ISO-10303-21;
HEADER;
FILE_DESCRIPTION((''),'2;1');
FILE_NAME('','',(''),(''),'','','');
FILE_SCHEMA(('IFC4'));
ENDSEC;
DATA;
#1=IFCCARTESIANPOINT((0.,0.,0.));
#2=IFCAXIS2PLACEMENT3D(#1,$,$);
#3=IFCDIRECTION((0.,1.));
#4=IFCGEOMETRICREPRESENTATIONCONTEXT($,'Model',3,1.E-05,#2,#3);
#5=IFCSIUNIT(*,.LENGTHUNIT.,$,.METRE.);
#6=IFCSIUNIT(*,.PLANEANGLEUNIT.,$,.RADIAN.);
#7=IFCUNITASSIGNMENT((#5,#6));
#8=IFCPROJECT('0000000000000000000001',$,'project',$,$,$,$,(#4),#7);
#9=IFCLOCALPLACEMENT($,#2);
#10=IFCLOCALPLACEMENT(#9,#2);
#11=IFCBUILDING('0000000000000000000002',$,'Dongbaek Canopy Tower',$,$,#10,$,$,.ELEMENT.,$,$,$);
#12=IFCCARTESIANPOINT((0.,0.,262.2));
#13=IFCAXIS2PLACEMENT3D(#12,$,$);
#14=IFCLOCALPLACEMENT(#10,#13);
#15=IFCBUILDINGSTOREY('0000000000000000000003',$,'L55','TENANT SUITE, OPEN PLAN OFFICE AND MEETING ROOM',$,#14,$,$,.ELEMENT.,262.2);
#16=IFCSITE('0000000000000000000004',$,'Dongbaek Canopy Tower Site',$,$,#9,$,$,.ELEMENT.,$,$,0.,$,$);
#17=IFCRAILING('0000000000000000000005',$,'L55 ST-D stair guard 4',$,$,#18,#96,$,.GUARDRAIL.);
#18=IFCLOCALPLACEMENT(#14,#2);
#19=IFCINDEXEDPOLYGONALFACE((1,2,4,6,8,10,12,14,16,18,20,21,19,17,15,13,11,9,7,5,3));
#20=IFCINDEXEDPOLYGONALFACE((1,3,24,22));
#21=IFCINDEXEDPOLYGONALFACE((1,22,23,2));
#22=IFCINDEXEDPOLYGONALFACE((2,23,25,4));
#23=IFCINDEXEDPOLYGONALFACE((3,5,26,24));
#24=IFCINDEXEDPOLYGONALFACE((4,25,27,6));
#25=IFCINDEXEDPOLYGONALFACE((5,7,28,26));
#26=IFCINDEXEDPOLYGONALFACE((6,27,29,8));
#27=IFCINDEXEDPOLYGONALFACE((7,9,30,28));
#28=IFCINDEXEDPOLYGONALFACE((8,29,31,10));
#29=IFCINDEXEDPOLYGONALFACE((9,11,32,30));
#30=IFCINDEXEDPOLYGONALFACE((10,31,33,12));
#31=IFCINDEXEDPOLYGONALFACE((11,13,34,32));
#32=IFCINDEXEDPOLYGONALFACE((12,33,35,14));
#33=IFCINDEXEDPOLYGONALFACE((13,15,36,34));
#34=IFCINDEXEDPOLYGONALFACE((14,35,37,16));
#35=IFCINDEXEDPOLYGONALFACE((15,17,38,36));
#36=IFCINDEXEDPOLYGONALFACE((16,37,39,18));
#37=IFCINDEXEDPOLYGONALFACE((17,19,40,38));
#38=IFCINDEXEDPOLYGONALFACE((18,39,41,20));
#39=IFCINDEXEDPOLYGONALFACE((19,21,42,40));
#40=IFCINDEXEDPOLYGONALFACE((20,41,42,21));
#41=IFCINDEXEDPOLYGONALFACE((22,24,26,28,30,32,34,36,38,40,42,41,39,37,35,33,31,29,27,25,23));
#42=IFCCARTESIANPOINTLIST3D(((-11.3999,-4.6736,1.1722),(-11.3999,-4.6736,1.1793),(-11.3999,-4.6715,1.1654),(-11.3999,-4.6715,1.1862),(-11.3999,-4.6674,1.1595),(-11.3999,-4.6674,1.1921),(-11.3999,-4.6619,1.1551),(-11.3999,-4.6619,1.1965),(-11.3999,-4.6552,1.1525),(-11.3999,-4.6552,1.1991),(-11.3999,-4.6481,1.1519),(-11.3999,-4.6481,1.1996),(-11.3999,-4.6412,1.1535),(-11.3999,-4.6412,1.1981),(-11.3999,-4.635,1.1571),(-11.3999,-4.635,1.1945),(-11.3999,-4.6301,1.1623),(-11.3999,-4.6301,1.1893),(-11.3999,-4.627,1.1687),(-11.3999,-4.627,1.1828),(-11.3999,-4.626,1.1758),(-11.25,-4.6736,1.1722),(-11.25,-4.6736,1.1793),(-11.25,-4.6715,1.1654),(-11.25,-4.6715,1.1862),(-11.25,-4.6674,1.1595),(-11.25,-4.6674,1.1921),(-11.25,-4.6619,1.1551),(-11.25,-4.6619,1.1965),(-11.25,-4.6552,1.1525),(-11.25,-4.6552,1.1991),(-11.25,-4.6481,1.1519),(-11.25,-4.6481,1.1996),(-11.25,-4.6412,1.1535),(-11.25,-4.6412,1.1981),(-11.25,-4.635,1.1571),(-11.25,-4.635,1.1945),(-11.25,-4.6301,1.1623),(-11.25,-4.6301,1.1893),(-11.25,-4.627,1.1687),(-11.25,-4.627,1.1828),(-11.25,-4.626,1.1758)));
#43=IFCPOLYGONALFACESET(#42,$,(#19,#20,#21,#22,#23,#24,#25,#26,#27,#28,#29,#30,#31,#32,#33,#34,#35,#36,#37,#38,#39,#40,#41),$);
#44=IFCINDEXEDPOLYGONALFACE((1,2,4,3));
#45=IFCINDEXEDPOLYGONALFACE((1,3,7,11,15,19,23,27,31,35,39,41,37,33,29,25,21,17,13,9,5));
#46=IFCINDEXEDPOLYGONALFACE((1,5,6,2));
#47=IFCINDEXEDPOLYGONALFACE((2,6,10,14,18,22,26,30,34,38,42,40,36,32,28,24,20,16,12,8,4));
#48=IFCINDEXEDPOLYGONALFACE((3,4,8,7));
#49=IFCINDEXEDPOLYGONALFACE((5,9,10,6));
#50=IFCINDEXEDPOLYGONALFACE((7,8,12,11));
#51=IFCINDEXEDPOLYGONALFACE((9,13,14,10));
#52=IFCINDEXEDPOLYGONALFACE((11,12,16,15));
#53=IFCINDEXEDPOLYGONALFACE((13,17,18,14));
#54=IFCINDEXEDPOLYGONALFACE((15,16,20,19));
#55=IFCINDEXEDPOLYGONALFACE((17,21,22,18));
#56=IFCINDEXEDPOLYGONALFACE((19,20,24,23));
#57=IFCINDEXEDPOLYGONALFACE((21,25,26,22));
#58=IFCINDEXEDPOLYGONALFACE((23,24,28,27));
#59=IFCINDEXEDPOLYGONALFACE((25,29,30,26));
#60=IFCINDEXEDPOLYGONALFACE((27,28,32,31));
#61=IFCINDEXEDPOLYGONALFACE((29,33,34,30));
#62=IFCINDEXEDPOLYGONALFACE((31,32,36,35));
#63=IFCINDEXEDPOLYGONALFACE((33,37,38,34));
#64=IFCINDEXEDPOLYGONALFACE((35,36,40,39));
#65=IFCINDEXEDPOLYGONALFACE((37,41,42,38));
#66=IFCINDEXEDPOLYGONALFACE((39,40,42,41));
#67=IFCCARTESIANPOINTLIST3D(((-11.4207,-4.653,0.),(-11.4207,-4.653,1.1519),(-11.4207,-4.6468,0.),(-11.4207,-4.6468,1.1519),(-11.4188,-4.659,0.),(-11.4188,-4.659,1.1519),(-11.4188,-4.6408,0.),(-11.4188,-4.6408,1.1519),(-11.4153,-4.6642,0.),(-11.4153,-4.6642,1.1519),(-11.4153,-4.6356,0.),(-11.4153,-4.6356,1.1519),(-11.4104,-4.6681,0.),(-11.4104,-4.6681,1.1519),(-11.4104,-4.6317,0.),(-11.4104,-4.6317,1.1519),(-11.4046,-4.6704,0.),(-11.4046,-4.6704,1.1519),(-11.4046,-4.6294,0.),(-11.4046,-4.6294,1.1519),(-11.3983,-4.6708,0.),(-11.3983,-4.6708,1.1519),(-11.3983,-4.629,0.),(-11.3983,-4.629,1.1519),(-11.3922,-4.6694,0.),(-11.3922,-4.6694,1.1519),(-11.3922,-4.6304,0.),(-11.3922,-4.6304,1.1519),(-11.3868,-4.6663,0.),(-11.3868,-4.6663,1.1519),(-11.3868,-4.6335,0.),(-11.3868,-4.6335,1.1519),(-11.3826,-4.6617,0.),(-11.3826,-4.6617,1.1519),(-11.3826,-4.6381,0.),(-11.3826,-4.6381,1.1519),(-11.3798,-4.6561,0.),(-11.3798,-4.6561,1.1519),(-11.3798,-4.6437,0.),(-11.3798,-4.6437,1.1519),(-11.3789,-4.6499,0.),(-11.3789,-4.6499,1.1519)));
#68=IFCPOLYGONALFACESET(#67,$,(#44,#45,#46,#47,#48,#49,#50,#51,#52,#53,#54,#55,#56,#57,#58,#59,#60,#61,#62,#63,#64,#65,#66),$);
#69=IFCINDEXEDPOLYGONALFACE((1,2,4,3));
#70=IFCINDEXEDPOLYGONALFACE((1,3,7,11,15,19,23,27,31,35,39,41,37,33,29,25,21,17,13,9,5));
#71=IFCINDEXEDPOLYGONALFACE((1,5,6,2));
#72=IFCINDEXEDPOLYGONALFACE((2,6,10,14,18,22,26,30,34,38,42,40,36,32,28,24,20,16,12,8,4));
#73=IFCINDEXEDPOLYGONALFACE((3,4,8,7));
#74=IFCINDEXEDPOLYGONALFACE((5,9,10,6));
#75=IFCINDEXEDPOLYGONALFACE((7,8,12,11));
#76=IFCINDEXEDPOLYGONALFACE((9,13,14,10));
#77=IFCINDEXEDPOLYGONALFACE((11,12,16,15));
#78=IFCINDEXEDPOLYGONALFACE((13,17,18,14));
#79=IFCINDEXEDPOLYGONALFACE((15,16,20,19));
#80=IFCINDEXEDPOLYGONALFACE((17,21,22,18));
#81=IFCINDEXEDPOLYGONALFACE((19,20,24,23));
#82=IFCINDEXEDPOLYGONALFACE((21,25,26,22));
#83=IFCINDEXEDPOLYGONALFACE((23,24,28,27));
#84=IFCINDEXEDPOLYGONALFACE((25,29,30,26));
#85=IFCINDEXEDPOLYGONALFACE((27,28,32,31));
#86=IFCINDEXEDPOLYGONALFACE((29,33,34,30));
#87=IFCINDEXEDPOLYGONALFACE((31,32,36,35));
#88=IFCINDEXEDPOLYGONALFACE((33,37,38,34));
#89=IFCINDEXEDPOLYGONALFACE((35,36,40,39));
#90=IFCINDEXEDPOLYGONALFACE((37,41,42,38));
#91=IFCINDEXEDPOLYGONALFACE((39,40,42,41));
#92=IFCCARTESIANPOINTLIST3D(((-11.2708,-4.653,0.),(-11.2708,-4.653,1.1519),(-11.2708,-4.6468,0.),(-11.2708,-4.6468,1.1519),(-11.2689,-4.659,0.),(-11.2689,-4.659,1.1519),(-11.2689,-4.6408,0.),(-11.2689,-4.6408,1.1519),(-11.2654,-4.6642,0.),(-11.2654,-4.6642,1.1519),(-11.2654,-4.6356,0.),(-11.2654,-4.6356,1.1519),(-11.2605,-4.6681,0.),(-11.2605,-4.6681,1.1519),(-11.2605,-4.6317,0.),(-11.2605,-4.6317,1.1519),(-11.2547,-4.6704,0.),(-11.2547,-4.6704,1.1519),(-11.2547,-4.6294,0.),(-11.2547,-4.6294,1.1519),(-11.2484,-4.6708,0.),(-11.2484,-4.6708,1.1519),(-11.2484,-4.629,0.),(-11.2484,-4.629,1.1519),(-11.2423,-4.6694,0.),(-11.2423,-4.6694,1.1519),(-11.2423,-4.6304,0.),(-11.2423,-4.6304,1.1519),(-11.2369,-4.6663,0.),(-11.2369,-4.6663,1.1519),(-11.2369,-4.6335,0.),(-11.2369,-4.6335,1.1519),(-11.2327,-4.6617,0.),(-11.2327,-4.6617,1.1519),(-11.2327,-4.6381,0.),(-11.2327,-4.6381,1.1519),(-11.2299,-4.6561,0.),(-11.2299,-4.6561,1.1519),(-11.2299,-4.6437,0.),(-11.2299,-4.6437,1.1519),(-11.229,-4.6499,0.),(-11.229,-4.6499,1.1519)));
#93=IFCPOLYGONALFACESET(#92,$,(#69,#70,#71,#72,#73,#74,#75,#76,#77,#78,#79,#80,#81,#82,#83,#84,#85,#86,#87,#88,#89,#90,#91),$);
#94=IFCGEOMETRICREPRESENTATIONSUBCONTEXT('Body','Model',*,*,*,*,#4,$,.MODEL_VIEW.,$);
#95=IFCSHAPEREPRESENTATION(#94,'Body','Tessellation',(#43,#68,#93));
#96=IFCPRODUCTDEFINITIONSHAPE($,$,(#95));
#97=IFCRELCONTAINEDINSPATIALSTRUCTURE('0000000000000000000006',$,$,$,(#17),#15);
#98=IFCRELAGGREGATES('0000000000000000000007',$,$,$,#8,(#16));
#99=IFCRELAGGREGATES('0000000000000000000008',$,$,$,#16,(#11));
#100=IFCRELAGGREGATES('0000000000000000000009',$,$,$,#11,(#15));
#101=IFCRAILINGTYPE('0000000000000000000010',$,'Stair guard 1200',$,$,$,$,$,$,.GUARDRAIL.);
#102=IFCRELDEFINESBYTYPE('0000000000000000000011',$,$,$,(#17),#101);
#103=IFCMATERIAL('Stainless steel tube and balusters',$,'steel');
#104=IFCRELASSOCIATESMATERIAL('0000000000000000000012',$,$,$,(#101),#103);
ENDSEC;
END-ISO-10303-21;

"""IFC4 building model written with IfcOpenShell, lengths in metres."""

from ifc_helpers import new_model, si_unit, direction, frame, origin, origin_2d, place, context, subcontext, project, spatial, circle, extrude, material, type_object, element, save


model = new_model("IFC4")

# Units and contexts
model_context = context("Model", 3, precision=1e-05, world=origin(), true_north=direction((0.0, 1.0)))
body_context = subcontext(model_context, "Body", "Model", "MODEL_VIEW")
ifc_project = project(units=[si_unit("LENGTHUNIT", "METRE"), si_unit("PLANEANGLEUNIT", "RADIAN")], contexts=[model_context])

# Site, building, storey
site_placement = place(None, origin())
site = spatial("IfcSite", under=ifc_project, at=site_placement, Name="Dongbaek Canopy Tower Site", CompositionType="ELEMENT", RefElevation=0.0)
building_placement = place(site_placement, origin())
building = spatial("IfcBuilding", under=site, at=building_placement, Name="Dongbaek Canopy Tower", CompositionType="ELEMENT")
storey_placement = place(building_placement, frame((0.0, 0.0, 262.2)))
storey = spatial("IfcBuildingStorey", under=building, at=storey_placement, Name="L55", Description="TENANT SUITE, OPEN PLAN OFFICE AND MEETING ROOM", CompositionType="ELEMENT", Elevation=262.2)

# Railing
ifc_material_1 = material(Name="Stainless steel tube and balusters", Category="steel")
railing_type_1 = type_object("IfcRailingType", Name="Stair guard 1200", PredefinedType="GUARDRAIL", material=ifc_material_1)
railing_1_placement = place(storey_placement, frame((-11.3999, -4.6499, 0.0)))
element("IfcRailing", 1, at=railing_1_placement, inside=storey, type_object=railing_type_1, Name="L55 ST-D stair guard 4", PredefinedType="GUARDRAIL", context=body_context, shape_type="SweptSolid", body=[
    extrude(circle(Radius=0.0239, at=origin_2d()), frame((0.0, 0.0, 1.1758), z_axis=(1.0, 0.0, 0.0), x_axis=(0.0, 1.0, 0.0)), (0.0, 0.0, 1.0), 0.1499),
    extrude(circle(Radius=0.021, at=origin_2d()), origin(), (0.0, 0.0, 1.0), 1.1519),
    extrude(circle(Radius=0.021, at=origin_2d()), frame((0.1499, 0.0, 0.0)), (0.0, 0.0, 1.0), 1.1519),
])

save(model, "model.ifc")
